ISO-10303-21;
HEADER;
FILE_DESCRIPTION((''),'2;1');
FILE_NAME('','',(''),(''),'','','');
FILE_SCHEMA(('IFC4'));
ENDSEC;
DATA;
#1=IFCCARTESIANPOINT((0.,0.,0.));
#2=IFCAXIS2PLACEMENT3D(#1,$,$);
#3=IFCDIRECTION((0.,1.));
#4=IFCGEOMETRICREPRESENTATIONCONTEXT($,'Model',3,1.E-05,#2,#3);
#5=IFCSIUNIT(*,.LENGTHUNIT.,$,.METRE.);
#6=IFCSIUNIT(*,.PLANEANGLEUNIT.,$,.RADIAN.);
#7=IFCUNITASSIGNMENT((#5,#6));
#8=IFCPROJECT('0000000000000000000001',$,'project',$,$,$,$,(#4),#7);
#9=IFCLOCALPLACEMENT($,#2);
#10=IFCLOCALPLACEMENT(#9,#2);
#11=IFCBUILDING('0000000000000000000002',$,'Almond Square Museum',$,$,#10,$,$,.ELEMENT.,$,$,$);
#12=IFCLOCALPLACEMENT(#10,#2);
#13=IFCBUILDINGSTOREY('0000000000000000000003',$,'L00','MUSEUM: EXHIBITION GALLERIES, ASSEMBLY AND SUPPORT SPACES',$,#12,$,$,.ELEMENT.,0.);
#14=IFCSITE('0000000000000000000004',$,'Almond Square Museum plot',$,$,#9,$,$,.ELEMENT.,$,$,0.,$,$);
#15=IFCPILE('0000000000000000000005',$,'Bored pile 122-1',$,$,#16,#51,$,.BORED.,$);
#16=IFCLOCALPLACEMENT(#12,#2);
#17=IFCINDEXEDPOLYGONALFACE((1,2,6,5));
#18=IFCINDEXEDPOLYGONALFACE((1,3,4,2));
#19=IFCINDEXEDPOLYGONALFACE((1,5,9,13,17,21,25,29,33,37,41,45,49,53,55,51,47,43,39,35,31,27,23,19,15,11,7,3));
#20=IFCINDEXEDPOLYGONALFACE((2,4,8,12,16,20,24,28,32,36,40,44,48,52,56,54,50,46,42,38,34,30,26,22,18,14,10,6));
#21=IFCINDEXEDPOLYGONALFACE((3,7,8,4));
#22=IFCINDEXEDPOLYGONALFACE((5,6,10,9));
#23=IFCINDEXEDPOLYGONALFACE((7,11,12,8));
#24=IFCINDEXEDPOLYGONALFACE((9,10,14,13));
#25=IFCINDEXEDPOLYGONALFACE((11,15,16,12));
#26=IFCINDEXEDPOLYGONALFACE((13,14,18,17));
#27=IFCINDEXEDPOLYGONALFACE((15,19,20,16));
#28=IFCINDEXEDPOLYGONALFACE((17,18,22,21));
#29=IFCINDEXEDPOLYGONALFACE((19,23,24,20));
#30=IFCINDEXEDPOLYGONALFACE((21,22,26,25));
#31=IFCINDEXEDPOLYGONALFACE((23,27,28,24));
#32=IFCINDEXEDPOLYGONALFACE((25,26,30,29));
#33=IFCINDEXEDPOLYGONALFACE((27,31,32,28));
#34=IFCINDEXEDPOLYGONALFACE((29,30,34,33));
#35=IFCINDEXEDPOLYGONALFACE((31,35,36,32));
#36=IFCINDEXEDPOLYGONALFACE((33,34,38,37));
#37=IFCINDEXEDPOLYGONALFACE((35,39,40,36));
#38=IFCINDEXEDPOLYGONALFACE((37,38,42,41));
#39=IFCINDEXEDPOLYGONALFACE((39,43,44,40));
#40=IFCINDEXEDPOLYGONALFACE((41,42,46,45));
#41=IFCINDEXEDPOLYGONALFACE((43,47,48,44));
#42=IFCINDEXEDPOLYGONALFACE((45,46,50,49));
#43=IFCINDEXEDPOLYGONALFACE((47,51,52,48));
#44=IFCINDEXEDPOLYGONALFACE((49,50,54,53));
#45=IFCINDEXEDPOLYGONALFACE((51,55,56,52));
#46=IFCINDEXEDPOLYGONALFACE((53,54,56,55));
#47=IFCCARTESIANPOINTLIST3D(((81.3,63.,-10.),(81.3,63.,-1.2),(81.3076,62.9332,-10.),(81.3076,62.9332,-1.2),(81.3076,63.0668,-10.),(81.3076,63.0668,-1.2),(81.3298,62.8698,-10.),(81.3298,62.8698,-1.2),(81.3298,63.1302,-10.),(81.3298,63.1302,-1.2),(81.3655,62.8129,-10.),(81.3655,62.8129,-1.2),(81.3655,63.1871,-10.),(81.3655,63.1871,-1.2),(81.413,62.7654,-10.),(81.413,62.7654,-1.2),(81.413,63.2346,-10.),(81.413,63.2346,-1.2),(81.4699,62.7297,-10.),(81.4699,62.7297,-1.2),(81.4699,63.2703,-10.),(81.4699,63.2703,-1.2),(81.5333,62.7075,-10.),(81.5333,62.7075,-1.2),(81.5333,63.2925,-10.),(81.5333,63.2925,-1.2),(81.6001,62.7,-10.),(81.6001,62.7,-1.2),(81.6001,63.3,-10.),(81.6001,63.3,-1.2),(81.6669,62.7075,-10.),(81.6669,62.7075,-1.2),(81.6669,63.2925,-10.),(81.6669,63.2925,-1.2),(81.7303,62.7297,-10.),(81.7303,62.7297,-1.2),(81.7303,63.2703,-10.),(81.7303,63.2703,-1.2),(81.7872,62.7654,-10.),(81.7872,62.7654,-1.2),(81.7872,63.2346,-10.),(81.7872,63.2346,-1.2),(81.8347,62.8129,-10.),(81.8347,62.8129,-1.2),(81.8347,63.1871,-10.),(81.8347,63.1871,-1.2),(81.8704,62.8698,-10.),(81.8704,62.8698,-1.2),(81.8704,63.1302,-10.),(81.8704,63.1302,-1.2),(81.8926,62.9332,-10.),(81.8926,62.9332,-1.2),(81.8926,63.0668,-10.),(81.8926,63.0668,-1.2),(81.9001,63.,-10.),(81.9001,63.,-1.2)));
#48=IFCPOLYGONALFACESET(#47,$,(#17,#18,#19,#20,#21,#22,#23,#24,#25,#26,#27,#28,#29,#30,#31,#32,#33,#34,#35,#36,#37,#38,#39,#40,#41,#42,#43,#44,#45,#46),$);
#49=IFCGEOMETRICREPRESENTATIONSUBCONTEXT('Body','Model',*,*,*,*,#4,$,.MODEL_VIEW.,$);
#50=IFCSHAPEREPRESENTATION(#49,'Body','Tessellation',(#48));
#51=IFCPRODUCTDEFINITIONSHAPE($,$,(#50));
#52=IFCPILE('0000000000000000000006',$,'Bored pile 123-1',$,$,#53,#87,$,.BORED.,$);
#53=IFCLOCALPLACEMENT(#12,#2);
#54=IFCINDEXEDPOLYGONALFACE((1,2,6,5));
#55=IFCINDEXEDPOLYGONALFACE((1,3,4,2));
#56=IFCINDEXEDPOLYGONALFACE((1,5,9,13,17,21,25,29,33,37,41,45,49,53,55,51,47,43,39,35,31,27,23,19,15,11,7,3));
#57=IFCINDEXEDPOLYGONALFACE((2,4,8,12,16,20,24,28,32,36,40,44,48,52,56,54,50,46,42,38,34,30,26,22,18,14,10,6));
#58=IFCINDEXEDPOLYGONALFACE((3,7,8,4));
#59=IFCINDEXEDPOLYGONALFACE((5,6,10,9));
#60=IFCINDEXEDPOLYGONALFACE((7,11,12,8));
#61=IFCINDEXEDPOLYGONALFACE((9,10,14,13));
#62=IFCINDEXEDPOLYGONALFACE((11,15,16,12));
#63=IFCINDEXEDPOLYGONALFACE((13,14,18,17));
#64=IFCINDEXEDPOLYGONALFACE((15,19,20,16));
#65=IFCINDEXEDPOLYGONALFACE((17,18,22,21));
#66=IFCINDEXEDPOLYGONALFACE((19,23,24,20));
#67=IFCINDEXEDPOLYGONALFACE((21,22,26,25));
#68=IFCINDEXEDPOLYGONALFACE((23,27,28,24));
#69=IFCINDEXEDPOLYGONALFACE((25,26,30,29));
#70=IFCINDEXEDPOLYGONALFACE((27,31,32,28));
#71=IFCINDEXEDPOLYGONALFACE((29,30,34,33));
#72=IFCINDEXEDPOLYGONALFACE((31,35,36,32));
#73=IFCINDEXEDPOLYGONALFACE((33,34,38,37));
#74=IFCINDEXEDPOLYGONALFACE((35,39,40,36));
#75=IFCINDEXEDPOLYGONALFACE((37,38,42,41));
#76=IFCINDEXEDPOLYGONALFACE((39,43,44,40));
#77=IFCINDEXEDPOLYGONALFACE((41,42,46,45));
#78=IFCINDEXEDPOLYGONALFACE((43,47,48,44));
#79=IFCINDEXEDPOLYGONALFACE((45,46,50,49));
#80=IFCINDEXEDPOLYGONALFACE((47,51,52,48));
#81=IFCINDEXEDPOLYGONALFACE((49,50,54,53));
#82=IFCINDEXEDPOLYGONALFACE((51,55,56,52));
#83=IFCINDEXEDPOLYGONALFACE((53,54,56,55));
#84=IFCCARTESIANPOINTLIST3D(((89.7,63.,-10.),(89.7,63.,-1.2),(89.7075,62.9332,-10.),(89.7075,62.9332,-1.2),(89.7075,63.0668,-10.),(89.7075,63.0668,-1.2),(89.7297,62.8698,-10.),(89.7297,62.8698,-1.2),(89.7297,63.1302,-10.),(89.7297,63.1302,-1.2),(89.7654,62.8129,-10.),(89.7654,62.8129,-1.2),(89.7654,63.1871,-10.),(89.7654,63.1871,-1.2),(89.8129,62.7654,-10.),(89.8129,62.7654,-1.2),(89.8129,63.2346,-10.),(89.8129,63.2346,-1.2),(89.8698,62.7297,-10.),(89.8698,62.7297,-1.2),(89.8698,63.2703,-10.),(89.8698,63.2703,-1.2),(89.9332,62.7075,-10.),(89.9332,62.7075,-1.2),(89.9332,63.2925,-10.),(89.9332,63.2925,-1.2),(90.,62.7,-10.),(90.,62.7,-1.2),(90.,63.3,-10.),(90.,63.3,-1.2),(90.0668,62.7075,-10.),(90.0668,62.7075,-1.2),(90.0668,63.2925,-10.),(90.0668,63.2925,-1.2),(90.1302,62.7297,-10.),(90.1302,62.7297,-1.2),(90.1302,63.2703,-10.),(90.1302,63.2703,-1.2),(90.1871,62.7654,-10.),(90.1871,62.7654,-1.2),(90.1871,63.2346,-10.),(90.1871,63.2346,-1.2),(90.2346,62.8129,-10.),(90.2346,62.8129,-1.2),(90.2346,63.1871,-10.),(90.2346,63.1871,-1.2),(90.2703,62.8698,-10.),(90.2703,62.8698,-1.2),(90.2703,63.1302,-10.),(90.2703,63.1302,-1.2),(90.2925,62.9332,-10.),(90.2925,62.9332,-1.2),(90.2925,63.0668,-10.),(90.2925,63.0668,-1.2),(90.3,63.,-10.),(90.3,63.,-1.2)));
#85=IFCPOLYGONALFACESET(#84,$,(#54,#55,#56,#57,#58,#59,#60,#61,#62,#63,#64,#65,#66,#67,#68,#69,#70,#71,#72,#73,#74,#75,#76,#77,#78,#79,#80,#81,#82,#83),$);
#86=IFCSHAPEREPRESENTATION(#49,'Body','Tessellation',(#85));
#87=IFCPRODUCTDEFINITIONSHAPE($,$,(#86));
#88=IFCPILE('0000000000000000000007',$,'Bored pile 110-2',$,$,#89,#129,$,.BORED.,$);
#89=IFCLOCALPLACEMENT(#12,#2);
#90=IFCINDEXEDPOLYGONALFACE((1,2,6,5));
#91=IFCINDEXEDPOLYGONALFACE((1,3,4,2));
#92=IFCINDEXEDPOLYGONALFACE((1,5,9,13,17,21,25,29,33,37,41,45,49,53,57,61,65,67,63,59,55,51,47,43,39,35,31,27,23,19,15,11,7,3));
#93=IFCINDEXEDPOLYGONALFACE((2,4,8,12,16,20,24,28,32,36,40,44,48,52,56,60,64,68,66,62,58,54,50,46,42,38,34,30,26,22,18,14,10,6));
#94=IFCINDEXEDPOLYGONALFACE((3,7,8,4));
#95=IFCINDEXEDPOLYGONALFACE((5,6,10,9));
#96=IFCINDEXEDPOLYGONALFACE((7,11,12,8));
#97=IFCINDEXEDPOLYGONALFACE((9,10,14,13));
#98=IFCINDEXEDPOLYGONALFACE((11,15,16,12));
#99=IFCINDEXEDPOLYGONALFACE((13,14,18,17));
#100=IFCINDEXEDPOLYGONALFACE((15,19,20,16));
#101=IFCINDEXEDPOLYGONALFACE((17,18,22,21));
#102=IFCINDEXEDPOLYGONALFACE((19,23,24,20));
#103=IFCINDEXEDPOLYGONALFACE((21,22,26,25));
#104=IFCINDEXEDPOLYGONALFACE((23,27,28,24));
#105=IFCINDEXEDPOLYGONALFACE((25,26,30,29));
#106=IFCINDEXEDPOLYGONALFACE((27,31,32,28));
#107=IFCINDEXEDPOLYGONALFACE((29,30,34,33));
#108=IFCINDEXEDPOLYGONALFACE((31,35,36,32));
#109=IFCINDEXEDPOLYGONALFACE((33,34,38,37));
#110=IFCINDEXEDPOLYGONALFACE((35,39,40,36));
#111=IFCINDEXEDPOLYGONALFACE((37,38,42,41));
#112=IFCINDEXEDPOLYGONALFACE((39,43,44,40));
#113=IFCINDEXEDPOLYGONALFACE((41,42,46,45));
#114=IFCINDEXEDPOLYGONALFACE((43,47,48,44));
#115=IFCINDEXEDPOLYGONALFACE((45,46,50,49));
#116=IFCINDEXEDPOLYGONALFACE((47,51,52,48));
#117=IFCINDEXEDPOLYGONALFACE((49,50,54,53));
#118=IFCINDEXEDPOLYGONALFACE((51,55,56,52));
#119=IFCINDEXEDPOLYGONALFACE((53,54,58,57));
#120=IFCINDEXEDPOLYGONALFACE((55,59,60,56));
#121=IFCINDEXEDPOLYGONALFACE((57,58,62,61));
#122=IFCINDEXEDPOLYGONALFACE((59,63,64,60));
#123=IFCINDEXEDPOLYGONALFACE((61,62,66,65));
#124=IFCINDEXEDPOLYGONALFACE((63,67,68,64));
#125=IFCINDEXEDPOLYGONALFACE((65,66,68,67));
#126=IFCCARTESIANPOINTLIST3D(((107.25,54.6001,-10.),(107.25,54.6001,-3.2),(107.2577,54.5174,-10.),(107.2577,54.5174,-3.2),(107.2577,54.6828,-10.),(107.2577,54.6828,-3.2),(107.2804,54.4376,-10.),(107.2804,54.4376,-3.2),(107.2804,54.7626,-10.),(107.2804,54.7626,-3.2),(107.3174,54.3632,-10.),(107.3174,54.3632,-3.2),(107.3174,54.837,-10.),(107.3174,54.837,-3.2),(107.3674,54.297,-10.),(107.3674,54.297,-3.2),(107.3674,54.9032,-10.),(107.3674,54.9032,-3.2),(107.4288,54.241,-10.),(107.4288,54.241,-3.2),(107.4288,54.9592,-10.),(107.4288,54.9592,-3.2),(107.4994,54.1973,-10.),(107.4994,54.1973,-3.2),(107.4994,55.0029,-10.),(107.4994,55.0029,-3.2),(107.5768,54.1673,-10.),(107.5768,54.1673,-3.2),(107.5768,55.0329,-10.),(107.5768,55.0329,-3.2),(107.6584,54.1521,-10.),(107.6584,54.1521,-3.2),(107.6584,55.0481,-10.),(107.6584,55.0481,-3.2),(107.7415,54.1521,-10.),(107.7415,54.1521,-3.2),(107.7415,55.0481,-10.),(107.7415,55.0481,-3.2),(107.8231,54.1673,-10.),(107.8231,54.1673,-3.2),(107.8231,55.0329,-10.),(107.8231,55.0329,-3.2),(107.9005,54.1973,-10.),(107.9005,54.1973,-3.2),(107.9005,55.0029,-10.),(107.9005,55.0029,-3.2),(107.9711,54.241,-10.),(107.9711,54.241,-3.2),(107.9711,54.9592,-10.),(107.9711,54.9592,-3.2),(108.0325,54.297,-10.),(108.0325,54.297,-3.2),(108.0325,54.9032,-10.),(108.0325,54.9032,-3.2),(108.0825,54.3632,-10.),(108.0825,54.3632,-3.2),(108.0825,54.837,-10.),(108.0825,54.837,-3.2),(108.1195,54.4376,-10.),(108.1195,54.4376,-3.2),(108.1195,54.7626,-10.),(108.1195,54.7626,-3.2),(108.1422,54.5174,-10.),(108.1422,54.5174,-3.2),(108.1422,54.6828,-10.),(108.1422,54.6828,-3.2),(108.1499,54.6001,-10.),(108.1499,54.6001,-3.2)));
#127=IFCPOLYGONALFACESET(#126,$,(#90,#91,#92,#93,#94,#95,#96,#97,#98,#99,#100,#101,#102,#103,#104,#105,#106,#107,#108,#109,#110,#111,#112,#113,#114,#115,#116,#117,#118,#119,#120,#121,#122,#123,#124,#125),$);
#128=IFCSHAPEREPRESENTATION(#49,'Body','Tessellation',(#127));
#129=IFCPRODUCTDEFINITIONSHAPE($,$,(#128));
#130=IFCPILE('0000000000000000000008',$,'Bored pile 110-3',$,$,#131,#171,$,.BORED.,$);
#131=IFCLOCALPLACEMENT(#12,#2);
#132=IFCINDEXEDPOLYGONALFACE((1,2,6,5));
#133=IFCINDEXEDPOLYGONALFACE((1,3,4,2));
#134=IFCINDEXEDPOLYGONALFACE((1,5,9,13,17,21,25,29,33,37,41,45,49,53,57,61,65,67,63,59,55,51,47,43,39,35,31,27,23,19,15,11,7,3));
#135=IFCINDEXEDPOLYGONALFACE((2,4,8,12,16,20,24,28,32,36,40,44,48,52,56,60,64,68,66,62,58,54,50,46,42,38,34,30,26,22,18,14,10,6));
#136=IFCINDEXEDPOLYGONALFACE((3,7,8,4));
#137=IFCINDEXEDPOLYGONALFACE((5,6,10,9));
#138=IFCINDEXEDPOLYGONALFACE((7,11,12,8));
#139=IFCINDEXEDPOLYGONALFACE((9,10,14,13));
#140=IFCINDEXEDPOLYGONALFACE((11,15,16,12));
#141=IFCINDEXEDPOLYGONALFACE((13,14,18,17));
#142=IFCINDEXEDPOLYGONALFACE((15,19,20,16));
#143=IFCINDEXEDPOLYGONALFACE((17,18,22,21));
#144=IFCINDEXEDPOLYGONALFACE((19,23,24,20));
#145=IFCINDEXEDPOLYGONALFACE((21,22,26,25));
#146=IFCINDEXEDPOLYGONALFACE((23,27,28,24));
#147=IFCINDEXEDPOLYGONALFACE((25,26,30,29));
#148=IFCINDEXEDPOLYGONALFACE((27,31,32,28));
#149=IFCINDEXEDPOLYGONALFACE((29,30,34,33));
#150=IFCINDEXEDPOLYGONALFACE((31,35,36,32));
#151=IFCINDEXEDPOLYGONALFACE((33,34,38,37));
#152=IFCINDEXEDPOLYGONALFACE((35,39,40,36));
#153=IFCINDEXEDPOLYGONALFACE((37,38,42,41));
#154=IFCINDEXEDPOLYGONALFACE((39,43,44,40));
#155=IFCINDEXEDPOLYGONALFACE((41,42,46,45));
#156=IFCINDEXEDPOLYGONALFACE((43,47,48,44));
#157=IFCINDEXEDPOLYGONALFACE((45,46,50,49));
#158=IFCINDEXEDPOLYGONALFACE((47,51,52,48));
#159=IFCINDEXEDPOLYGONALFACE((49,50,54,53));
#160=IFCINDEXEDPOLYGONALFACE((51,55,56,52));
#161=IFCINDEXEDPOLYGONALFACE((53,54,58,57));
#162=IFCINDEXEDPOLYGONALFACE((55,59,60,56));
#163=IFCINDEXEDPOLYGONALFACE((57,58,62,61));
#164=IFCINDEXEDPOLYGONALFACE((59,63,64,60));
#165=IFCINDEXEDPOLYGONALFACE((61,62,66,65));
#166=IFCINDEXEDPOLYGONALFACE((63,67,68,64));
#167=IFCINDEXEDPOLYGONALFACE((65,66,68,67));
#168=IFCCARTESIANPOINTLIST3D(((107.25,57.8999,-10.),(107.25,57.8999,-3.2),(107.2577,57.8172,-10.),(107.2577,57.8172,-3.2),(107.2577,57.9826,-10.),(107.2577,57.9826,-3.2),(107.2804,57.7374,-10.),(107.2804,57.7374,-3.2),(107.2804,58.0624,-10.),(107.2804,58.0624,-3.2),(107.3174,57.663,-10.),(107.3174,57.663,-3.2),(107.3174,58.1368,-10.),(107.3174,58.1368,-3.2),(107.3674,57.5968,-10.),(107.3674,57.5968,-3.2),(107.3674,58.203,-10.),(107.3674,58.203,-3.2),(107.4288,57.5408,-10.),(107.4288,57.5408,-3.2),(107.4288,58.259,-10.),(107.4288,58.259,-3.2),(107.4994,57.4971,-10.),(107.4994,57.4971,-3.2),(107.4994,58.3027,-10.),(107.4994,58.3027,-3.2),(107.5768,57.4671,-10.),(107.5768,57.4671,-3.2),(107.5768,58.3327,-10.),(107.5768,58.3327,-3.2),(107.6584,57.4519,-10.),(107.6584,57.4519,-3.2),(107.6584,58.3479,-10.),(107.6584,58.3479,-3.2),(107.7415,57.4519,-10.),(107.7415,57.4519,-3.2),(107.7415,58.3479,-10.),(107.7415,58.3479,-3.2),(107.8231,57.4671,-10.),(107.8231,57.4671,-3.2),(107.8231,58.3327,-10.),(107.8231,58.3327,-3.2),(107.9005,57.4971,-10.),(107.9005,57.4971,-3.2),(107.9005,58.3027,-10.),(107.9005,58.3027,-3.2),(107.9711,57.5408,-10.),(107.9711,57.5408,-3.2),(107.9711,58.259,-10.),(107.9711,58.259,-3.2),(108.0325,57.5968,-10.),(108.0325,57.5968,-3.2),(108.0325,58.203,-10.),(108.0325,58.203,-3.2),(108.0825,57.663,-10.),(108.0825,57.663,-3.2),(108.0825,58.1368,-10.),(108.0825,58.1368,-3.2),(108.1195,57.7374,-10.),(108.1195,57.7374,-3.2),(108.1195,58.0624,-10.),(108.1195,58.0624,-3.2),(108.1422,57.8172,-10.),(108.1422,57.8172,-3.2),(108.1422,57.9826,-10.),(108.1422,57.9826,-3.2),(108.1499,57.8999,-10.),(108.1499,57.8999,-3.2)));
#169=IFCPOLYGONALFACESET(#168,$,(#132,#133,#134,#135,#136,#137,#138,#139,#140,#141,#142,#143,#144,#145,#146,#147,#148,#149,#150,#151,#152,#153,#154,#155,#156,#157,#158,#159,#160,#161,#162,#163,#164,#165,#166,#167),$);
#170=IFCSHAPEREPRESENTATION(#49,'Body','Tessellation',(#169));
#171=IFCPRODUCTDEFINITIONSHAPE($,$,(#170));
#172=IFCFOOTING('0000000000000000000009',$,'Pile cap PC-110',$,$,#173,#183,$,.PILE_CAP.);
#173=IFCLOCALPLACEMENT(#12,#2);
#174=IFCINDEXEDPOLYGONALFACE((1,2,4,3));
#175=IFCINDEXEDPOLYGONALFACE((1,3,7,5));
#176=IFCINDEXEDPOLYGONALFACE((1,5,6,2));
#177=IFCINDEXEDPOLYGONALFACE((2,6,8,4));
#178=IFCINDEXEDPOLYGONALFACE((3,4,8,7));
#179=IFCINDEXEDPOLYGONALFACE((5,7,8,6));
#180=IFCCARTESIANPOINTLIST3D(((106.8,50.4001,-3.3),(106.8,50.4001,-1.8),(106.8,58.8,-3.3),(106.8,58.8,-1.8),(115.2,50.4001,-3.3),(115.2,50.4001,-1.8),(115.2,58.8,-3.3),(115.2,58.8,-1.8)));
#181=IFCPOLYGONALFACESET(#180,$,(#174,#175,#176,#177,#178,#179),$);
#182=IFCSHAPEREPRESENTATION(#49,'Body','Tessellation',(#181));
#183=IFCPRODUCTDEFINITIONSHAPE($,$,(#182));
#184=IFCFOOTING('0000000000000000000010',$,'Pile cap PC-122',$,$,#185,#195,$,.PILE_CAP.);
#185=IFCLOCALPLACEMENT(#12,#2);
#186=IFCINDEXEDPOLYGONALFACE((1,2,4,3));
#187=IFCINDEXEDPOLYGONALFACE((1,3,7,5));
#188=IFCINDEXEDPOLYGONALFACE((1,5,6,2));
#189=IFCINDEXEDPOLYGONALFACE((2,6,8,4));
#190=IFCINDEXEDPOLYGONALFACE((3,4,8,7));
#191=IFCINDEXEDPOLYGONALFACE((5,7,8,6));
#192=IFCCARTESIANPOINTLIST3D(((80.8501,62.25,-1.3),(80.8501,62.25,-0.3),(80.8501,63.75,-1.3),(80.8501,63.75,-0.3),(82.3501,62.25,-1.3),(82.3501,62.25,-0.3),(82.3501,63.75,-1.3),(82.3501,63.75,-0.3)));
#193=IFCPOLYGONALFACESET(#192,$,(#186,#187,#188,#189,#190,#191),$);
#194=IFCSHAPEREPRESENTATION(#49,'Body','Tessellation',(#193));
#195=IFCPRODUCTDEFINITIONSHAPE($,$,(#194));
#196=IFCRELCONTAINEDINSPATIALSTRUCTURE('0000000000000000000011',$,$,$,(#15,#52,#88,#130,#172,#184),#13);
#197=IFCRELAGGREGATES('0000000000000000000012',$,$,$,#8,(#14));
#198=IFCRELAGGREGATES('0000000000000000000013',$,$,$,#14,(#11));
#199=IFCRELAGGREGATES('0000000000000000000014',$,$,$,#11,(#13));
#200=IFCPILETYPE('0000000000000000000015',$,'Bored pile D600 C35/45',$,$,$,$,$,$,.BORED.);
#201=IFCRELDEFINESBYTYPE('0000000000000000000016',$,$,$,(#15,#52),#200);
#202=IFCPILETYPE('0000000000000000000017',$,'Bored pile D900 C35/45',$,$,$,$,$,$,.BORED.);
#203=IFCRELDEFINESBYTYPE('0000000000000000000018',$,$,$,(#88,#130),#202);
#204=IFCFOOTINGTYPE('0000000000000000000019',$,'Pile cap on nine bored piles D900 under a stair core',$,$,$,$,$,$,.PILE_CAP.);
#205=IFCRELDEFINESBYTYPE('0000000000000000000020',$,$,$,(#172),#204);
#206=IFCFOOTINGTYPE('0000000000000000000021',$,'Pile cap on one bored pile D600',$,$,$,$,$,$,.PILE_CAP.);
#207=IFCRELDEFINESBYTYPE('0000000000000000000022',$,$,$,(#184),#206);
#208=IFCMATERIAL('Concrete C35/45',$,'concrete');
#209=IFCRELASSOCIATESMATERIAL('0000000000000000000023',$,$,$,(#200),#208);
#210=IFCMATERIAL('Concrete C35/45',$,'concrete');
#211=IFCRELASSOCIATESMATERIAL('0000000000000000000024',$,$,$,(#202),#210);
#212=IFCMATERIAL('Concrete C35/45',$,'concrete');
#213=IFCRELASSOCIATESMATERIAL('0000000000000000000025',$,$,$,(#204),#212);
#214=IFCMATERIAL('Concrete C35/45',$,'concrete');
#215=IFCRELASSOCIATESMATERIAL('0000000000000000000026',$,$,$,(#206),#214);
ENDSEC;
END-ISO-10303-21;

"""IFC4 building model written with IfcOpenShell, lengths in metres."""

from ifc_helpers import new_model, si_unit, direction, frame, origin, origin_2d, place, context, subcontext, project, spatial, rectangle, circle, extrude, material, material_profile, profile_set, type_object, element, save


model = new_model("IFC4")

# Units and contexts
model_context = context("Model", 3, precision=1e-05, world=origin(), true_north=direction((0.0, 1.0)))
body_context = subcontext(model_context, "Body", "Model", "MODEL_VIEW")
ifc_project = project(units=[si_unit("LENGTHUNIT", "METRE"), si_unit("PLANEANGLEUNIT", "RADIAN")], contexts=[model_context])

# Site, building, storey
site_placement = place(None, origin())
site = spatial("IfcSite", under=ifc_project, at=site_placement, Name="Almond Square Museum plot", CompositionType="ELEMENT", RefElevation=0.0)
building_placement = place(site_placement, origin())
building = spatial("IfcBuilding", under=site, at=building_placement, Name="Almond Square Museum", CompositionType="ELEMENT")
storey_placement = place(building_placement, origin())
storey = spatial("IfcBuildingStorey", under=building, at=storey_placement, Name="L00", Description="MUSEUM: EXHIBITION GALLERIES, ASSEMBLY AND SUPPORT SPACES", CompositionType="ELEMENT", Elevation=0.0)

# Piles
ifc_material_1 = material(Name="Concrete C35/45", Category="concrete")
ifc_material_profile_1 = material_profile(ifc_material_1, circle(Radius=0.3, at=origin_2d()))
ifc_profile_set_1 = profile_set([ifc_material_profile_1], Name="Concrete C35/45")
pile_type_1 = type_object("IfcPileType", Name="Bored pile D600 C35/45", PredefinedType="BORED", material=ifc_profile_set_1)
for number, where, z_axis, x_axis, name in (
    (1, (81.6001, 63.0, -1.2), (0.0, 0.0, -1.0), (1.0, 0.0, 0.0), "Bored pile 122-1"),
    (2, (90.0, 63.0, -1.2), (0.0, 0.0, -1.0), (1.0, 0.0, 0.0), "Bored pile 123-1"),
):
    element("IfcPile", number, at=place(storey_placement, frame(where, z_axis=z_axis, x_axis=x_axis)), inside=storey, type_object=pile_type_1, Name=name, PredefinedType="BORED", context=body_context, shape_type="SweptSolid", body=[
        extrude(circle(Radius=0.3, at=origin_2d()), origin(), (0.0, 0.0, 1.0), 8.8),
    ])
ifc_material_2 = material(Name="Concrete C35/45", Category="concrete")
ifc_material_profile_2 = material_profile(ifc_material_2, circle(Radius=0.45, at=origin_2d()))
ifc_profile_set_2 = profile_set([ifc_material_profile_2], Name="Concrete C35/45")
pile_type_2 = type_object("IfcPileType", Name="Bored pile D900 C35/45", PredefinedType="BORED", material=ifc_profile_set_2)
for number, where, z_axis, x_axis, name in (
    (3, (107.7, 54.6001, -3.2), (0.0, 0.0, -1.0), (1.0, 0.0, 0.0), "Bored pile 110-2"),
    (4, (107.7, 57.8999, -3.2), (0.0, 0.0, -1.0), (1.0, 0.0, 0.0), "Bored pile 110-3"),
):
    element("IfcPile", number, at=place(storey_placement, frame(where, z_axis=z_axis, x_axis=x_axis)), inside=storey, type_object=pile_type_2, Name=name, PredefinedType="BORED", context=body_context, shape_type="SweptSolid", body=[
        extrude(circle(Radius=0.45, at=origin_2d()), origin(), (0.0, 0.0, 1.0), 6.8),
    ])

# Footings
ifc_material_3 = material(Name="Concrete C35/45", Category="concrete")
footing_type_1 = type_object("IfcFootingType", Name="Pile cap on nine bored piles D900 under a stair core", PredefinedType="PILE_CAP", material=ifc_material_3)
footing_placement = place(storey_placement, frame((111.0, 54.6001, -3.3), z_axis=(0.0, 0.0, 1.0), x_axis=(1.0, 0.0, 0.0)))
element("IfcFooting", 5, at=footing_placement, inside=storey, type_object=footing_type_1, Name="Pile cap PC-110", PredefinedType="PILE_CAP", context=body_context, shape_type="SweptSolid", body=[
    extrude(rectangle(XDim=8.3999, YDim=8.3999, at=origin_2d()), origin(), (0.0, 0.0, 1.0), 1.5),
])
ifc_material_4 = material(Name="Concrete C35/45", Category="concrete")
footing_type_2 = type_object("IfcFootingType", Name="Pile cap on one bored pile D600", PredefinedType="PILE_CAP", material=ifc_material_4)
for number, where, z_axis, x_axis, name in (
    (6, (81.6001, 63.0, -1.3), (0.0, 0.0, 1.0), (1.0, 0.0, 0.0), "Pile cap PC-122"),
):
    element("IfcFooting", number, at=place(storey_placement, frame(where, z_axis=z_axis, x_axis=x_axis)), inside=storey, type_object=footing_type_2, Name=name, PredefinedType="PILE_CAP", context=body_context, shape_type="SweptSolid", body=[
        extrude(rectangle(XDim=1.5, YDim=1.5, at=origin_2d()), origin(), (0.0, 0.0, 1.0), 1.0),
    ])

save(model, "model.ifc")
